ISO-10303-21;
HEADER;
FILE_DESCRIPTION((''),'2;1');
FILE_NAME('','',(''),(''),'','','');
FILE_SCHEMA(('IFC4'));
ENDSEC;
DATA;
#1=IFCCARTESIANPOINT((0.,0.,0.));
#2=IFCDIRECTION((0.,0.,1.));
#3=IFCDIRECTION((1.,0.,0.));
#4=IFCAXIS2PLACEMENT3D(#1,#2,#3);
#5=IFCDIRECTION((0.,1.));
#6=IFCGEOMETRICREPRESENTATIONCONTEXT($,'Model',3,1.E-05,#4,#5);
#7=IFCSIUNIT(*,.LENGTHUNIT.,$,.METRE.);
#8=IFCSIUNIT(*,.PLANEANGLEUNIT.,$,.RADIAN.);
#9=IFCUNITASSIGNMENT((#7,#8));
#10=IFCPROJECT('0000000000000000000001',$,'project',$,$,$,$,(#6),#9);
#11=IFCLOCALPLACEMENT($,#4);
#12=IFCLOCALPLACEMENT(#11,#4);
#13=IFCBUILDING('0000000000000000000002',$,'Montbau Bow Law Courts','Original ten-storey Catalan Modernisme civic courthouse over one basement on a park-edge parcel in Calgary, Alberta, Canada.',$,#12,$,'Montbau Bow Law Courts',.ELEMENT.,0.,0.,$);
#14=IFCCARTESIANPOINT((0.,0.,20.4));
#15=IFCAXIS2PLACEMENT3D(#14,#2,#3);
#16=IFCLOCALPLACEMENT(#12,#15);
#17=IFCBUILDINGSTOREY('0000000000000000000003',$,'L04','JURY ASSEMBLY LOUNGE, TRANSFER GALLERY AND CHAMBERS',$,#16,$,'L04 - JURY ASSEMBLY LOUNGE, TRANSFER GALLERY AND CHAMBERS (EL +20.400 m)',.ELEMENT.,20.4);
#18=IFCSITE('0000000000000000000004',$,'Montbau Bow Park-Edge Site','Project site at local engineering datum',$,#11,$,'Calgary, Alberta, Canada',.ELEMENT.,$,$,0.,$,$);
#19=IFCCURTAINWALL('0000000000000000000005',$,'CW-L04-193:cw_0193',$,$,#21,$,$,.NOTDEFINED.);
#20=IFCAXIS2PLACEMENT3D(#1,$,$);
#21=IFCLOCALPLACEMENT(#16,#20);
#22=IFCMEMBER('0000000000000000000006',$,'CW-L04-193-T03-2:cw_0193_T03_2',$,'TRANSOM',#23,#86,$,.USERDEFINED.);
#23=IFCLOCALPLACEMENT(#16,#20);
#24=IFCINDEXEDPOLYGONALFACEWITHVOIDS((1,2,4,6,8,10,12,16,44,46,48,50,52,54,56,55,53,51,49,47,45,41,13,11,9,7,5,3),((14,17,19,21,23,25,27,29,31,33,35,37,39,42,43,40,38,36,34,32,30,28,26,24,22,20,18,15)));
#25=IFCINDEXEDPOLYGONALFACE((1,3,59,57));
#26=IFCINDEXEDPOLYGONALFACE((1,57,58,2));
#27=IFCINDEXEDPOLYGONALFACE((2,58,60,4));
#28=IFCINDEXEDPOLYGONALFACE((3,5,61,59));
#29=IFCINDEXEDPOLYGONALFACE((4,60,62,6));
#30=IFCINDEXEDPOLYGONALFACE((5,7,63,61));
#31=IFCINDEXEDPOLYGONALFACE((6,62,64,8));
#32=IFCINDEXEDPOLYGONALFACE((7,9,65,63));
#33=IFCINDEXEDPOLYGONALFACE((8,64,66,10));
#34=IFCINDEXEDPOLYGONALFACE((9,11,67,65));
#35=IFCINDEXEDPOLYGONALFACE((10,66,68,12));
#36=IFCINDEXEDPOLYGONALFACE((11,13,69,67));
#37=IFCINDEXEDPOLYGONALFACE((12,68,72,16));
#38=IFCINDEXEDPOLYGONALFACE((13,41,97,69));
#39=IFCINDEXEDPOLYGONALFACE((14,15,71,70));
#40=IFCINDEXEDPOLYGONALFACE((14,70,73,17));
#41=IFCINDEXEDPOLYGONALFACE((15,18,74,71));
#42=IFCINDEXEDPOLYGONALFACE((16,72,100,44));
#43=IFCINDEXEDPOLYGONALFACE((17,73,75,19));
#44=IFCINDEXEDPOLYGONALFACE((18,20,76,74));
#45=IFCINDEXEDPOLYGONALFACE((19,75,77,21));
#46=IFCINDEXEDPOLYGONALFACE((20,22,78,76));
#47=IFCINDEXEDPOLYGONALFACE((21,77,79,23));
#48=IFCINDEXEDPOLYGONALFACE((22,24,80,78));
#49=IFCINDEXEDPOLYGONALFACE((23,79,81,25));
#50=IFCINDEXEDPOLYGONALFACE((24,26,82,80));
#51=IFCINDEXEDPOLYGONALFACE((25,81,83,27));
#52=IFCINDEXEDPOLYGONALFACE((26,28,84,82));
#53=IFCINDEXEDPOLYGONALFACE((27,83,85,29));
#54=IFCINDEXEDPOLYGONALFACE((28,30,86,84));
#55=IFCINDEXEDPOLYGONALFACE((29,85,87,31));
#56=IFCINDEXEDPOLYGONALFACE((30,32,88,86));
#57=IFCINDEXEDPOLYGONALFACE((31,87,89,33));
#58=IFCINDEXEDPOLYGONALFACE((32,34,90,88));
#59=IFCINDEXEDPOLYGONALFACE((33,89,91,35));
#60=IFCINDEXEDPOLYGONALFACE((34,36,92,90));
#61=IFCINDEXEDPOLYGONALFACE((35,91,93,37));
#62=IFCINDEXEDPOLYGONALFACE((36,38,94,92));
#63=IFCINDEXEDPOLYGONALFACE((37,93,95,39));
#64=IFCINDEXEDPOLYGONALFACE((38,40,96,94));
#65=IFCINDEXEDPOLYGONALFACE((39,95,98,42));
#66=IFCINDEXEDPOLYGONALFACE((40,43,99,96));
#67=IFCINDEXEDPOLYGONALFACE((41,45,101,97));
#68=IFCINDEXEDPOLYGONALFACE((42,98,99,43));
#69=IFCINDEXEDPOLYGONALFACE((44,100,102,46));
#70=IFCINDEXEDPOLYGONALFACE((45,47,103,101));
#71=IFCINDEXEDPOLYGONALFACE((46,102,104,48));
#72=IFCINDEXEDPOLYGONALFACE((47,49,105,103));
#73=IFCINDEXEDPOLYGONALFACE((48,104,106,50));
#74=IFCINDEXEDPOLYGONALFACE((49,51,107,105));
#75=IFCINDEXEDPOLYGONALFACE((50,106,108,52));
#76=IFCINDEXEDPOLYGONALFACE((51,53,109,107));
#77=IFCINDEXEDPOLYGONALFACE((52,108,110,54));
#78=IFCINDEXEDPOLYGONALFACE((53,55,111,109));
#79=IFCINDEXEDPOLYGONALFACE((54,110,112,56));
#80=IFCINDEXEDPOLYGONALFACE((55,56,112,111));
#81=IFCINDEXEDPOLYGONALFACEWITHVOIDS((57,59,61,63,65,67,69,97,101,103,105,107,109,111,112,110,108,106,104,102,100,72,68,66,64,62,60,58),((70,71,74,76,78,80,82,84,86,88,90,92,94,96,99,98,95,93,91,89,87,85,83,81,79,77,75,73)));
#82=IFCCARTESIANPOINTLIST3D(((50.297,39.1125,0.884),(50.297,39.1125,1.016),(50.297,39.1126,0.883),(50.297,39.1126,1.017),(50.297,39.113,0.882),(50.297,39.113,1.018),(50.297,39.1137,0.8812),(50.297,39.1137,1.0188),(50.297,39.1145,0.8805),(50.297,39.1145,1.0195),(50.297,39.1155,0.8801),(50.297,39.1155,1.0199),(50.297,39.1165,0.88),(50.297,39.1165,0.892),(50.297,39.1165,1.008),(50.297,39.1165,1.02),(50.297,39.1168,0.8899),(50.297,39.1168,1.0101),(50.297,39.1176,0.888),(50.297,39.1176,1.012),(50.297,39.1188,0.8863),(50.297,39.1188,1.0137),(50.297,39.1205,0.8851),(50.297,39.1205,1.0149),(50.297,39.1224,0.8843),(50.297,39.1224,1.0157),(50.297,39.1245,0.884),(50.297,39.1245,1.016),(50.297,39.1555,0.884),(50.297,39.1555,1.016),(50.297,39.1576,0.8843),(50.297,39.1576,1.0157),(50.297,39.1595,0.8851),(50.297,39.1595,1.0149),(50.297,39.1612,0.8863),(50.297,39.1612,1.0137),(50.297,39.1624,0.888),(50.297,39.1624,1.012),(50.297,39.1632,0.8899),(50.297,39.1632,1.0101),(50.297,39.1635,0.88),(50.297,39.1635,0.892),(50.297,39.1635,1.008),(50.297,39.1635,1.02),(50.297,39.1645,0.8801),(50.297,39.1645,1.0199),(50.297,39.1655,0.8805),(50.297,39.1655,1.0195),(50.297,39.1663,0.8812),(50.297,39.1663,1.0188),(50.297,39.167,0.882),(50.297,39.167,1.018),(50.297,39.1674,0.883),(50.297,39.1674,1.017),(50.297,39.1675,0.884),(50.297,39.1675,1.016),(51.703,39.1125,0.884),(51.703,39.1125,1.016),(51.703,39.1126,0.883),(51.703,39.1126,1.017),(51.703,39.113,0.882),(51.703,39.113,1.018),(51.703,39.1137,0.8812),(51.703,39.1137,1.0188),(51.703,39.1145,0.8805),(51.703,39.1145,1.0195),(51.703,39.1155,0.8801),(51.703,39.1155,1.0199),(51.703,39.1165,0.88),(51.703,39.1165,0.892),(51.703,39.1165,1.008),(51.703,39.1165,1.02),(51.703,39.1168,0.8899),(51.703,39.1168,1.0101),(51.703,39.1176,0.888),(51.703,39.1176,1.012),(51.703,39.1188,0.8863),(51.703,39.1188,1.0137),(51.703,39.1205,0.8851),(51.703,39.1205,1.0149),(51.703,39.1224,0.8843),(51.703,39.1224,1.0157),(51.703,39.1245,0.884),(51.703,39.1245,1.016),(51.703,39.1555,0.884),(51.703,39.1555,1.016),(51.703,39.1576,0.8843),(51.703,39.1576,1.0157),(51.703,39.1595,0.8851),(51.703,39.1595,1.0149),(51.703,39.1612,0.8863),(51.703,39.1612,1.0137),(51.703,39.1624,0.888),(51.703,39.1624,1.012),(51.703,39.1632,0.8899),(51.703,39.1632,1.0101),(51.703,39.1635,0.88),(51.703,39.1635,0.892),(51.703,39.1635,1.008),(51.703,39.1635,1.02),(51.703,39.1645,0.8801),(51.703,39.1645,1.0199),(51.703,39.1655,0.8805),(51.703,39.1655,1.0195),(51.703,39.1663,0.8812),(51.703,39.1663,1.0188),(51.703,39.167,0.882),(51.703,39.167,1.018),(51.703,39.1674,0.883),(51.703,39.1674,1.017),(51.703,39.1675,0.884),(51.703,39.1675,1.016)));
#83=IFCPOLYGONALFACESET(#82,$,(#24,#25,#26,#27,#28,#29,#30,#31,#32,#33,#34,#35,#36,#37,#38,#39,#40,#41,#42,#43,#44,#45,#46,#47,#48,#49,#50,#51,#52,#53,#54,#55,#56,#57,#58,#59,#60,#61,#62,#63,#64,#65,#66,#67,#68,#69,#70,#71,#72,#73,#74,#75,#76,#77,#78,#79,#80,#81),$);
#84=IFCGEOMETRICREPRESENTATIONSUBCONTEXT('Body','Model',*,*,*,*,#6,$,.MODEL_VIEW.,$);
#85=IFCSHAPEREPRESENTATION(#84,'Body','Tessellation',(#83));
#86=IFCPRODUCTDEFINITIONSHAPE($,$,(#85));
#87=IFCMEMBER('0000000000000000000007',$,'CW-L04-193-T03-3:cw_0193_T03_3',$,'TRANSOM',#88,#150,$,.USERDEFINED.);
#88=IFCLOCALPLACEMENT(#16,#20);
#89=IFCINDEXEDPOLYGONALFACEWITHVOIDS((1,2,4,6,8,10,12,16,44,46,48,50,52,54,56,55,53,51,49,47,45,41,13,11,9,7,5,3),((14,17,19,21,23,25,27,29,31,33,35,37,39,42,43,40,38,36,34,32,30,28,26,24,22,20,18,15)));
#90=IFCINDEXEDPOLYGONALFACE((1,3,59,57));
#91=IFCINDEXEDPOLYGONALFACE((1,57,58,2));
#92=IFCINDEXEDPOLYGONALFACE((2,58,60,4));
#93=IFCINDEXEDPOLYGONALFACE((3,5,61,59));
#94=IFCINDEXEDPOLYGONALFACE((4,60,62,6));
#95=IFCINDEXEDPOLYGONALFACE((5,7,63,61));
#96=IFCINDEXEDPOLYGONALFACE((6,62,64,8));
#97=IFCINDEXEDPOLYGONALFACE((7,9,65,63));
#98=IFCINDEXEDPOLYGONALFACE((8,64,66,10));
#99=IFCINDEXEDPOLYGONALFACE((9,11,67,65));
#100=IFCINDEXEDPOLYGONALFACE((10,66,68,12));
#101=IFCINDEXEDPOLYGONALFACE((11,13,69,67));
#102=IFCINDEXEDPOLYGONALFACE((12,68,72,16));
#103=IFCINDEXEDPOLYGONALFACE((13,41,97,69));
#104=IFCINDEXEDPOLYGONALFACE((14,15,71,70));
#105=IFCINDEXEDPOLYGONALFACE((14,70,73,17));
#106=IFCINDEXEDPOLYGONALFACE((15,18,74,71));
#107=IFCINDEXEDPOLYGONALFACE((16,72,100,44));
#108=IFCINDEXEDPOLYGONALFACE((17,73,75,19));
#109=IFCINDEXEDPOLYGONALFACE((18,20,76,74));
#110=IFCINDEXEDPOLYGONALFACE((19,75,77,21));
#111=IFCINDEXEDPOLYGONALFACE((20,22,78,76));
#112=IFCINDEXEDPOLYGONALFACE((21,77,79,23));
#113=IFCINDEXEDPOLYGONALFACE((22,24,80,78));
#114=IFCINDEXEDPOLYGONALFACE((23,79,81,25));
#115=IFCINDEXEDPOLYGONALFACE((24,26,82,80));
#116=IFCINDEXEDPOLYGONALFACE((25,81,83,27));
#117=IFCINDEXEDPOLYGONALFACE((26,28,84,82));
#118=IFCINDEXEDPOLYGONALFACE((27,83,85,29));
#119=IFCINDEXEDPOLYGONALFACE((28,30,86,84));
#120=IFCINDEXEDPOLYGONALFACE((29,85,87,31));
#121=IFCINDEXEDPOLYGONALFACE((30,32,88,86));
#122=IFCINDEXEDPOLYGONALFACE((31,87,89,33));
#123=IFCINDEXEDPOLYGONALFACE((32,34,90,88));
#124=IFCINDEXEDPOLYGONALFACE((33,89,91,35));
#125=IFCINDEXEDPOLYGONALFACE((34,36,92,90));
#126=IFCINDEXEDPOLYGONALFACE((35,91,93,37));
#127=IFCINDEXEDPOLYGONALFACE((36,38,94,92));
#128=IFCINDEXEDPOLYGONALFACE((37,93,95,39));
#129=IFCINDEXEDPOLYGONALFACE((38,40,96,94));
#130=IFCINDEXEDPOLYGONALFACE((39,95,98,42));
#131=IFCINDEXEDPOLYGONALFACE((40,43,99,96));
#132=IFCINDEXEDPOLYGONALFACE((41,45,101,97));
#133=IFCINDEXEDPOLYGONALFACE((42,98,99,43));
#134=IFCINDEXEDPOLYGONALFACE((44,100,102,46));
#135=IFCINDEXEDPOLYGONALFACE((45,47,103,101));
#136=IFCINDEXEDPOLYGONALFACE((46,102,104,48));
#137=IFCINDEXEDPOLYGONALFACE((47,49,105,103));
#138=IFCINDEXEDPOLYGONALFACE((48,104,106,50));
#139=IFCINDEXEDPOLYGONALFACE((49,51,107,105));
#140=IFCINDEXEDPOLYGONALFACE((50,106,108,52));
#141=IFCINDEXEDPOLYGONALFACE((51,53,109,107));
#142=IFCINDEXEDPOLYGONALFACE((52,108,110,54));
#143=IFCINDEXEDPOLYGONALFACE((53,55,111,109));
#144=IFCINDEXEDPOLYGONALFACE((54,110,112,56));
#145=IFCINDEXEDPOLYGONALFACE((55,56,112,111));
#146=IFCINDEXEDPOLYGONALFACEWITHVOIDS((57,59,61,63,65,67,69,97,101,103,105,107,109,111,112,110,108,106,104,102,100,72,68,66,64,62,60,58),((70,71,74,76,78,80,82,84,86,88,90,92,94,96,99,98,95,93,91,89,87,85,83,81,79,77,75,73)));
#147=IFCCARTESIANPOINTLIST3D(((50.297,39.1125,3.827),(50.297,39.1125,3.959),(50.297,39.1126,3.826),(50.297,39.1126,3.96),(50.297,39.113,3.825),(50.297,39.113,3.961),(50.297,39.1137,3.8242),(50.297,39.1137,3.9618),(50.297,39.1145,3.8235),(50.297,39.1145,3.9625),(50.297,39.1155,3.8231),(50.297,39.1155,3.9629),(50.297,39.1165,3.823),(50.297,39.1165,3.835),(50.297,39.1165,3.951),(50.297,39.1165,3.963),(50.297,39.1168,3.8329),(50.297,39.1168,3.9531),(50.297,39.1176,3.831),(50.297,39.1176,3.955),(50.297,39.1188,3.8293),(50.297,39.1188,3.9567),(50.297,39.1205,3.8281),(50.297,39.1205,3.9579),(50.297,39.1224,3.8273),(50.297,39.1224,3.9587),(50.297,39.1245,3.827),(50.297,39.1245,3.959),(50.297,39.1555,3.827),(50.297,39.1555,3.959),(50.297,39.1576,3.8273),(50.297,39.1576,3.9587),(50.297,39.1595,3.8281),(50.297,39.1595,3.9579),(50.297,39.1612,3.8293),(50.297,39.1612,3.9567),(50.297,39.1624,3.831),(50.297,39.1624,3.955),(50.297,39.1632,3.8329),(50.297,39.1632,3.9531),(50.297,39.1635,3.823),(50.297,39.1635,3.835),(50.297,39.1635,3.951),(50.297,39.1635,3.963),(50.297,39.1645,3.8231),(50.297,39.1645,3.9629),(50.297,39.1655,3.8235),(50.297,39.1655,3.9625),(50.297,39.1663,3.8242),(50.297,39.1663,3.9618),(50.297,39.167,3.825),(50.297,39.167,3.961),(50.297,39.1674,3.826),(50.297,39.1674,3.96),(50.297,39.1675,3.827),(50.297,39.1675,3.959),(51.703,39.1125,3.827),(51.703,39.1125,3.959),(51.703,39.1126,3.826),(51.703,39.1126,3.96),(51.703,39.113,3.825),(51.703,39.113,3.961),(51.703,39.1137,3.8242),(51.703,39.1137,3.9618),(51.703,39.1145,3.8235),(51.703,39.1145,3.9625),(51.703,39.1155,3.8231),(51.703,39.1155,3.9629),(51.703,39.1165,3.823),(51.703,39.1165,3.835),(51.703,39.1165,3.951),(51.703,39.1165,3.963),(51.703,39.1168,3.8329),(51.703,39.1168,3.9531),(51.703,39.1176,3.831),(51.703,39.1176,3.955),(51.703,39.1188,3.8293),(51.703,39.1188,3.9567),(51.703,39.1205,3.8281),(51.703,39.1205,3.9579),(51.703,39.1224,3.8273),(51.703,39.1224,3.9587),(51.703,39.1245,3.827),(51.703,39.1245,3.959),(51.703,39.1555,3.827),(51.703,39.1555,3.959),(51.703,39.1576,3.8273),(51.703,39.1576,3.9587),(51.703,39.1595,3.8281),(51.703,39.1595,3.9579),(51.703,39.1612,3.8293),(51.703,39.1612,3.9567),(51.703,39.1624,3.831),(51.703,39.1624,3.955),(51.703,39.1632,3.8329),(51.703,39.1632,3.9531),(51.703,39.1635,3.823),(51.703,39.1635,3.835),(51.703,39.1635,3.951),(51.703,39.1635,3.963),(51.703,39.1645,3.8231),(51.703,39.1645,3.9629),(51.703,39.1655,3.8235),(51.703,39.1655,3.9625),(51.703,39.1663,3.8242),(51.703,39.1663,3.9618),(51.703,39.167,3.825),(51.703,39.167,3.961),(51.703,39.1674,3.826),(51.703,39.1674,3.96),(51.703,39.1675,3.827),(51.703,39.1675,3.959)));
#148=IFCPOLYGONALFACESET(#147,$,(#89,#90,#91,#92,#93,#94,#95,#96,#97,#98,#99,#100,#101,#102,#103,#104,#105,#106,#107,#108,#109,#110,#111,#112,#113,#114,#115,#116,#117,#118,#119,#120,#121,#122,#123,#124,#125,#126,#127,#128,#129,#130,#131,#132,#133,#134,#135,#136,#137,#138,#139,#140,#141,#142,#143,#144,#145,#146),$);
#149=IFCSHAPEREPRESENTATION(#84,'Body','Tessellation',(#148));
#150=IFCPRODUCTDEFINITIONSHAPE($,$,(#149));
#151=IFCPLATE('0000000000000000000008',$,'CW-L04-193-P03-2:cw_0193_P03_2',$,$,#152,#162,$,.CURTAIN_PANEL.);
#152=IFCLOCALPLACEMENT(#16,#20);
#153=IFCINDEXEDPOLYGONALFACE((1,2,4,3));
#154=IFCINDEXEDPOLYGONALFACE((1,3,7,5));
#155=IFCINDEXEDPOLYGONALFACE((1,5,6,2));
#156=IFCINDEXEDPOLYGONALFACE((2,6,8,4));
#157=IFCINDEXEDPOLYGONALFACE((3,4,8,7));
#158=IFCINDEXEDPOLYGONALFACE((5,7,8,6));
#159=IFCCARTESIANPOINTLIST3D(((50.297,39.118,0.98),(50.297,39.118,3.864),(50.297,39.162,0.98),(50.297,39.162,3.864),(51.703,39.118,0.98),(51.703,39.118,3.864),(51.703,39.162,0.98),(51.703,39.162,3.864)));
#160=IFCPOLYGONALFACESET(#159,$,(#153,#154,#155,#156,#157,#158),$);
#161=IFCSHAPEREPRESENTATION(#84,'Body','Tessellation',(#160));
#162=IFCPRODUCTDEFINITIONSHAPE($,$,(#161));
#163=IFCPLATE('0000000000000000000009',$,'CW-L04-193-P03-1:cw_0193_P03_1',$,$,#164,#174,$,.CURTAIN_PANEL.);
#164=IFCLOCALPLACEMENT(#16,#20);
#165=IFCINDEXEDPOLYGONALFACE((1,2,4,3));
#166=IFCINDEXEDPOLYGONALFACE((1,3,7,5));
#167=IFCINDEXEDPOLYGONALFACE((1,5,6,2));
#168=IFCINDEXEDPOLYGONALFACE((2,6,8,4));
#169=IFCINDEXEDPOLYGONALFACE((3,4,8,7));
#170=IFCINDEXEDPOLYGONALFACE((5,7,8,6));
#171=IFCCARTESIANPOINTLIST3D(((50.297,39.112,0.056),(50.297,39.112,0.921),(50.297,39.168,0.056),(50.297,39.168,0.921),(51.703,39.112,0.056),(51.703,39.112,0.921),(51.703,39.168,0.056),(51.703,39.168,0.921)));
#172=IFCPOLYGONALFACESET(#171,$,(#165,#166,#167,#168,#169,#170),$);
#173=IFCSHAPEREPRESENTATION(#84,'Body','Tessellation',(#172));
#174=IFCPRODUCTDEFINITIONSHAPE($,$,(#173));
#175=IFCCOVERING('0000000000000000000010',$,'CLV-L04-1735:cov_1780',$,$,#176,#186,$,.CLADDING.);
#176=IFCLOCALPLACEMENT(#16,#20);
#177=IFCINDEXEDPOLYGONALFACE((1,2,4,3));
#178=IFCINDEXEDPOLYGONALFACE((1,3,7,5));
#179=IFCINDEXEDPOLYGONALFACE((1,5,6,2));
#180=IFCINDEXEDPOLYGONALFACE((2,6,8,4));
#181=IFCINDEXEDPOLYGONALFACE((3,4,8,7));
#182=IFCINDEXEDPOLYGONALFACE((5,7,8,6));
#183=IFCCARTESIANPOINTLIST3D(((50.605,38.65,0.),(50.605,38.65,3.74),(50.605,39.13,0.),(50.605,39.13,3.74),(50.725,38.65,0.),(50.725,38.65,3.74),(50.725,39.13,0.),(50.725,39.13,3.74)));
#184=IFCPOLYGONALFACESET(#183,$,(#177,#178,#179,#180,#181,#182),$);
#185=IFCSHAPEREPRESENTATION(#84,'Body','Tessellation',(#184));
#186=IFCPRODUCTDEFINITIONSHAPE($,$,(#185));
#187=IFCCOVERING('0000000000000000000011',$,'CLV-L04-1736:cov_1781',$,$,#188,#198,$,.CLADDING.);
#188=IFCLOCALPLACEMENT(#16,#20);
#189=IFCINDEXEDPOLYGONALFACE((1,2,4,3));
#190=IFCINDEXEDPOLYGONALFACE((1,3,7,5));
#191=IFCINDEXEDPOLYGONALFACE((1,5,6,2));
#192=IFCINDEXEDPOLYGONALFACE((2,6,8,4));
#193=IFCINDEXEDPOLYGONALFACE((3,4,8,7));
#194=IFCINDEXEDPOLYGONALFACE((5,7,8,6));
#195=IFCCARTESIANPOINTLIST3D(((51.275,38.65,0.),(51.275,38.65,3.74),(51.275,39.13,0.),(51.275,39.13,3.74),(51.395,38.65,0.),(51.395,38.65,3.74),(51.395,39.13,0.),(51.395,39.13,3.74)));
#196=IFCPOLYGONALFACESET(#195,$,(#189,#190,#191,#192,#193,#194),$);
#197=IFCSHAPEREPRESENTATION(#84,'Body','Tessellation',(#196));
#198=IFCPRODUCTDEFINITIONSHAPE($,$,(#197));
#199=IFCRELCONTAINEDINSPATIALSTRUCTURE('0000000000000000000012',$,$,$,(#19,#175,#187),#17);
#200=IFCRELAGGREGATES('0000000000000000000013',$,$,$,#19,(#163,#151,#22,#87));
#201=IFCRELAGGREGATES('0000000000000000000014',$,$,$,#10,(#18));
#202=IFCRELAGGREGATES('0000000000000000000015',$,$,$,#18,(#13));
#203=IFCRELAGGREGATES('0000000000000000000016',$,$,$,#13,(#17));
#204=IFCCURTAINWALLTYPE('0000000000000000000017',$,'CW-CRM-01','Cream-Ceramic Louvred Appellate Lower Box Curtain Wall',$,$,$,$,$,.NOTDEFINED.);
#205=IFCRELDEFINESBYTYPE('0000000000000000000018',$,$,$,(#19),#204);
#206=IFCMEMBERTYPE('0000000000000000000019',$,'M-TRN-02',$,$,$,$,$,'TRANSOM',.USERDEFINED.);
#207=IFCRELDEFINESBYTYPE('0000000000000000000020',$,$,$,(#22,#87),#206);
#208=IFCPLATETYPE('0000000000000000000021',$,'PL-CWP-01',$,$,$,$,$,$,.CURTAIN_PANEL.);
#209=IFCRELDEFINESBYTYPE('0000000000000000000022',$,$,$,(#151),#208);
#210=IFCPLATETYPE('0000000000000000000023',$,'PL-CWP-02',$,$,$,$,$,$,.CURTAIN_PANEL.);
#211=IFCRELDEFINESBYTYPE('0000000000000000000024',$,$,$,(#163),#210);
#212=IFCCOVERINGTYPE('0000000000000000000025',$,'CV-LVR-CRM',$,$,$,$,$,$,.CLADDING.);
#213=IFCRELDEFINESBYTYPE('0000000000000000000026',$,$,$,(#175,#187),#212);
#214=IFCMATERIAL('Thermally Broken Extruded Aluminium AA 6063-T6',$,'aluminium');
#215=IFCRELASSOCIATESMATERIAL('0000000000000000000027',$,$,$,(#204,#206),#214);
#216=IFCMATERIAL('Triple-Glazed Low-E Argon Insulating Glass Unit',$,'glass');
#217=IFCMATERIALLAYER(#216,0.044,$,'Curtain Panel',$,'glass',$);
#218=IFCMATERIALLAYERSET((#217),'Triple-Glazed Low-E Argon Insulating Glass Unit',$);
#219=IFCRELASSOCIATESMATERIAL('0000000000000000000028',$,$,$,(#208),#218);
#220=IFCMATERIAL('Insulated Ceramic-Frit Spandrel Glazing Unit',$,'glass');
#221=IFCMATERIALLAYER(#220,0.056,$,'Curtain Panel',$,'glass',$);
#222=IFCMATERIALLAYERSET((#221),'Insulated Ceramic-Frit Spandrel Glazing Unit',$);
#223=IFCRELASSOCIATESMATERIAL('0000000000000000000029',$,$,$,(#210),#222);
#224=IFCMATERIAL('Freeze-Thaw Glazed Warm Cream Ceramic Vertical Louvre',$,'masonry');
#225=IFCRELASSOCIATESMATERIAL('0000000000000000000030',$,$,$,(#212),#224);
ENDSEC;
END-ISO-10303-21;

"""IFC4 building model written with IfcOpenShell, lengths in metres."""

from ifc_helpers import new_model, si_unit, direction, frame, frame_2d, origin_with_axes, origin_2d_with_axis, place, context, subcontext, project, spatial, rectangle, hollow_rectangle, extrude, material, layer, layer_set, material_profile, profile_set, type_object, element, aggregate, save


model = new_model("IFC4")

# Units and contexts
model_context = context("Model", 3, precision=1e-05, world=origin_with_axes(), true_north=direction((0.0, 1.0)))
body_context = subcontext(model_context, "Body", "Model", "MODEL_VIEW")
ifc_project = project(units=[si_unit("LENGTHUNIT", "METRE"), si_unit("PLANEANGLEUNIT", "RADIAN")], contexts=[model_context])

# Site, building, storey
site_placement = place(None, origin_with_axes())
site = spatial("IfcSite", under=ifc_project, at=site_placement, Name="Montbau Bow Park-Edge Site", Description="Project site at local engineering datum", LongName="Calgary, Alberta, Canada", CompositionType="ELEMENT", RefElevation=0.0)
building_placement = place(site_placement, origin_with_axes())
building = spatial("IfcBuilding", under=site, at=building_placement, Name="Montbau Bow Law Courts", Description="Original ten-storey Catalan Modernisme civic courthouse over one basement on a park-edge parcel in Calgary, Alberta, Canada.", LongName="Montbau Bow Law Courts", CompositionType="ELEMENT", ElevationOfRefHeight=0.0, ElevationOfTerrain=0.0)
storey_placement = place(building_placement, frame((0.0, 0.0, 20.4), z_axis=(0.0, 0.0, 1.0), x_axis=(1.0, 0.0, 0.0)))
storey = spatial("IfcBuildingStorey", under=building, at=storey_placement, Name="L04", Description="JURY ASSEMBLY LOUNGE, TRANSFER GALLERY AND CHAMBERS", LongName="L04 - JURY ASSEMBLY LOUNGE, TRANSFER GALLERY AND CHAMBERS (EL +20.400 m)", CompositionType="ELEMENT", Elevation=20.4)

# Curtain wall, members, plates
ifc_material_1 = material(Name="Thermally Broken Extruded Aluminium AA 6063-T6", Category="aluminium")
curtain_wall_type = type_object("IfcCurtainWallType", Name="CW-CRM-01", Description="Cream-Ceramic Louvred Appellate Lower Box Curtain Wall", PredefinedType="NOTDEFINED", material=ifc_material_1)
curtain_wall_placement = place(None, frame((47.315, 39.14, 20.4), z_axis=(0.0, 0.0, 1.0), x_axis=(1.0, 0.0, 0.0)))
curtain_wall = element("IfcCurtainWall", 1, at=curtain_wall_placement, inside=storey, type_object=curtain_wall_type, Name="CW-L04-193:cw_0193", PredefinedType="NOTDEFINED")
ifc_material_profile_1 = material_profile(ifc_material_1, hollow_rectangle(XDim=0.055, YDim=0.14, WallThickness=0.004, InnerFilletRadius=0.008, OuterFilletRadius=0.004, at=origin_2d_with_axis()), Name="CWT-140X55", Category="Main", Priority=0)
ifc_profile_set_1 = profile_set([ifc_material_profile_1], Name="Thermally Broken Extruded Aluminium AA 6063-T6")
member_type_1 = type_object("IfcMemberType", Name="M-TRN-02", ElementType="TRANSOM", PredefinedType="USERDEFINED", material=ifc_profile_set_1)
member_1_placement = place(None, frame((50.297, 39.14, 21.35), z_axis=(1.0, 0.0, 0.0), x_axis=(0.0, 1.0, 0.0)))
member_1 = element("IfcMember", 2, at=member_1_placement, type_object=member_type_1, Name="CW-L04-193-T03-2:cw_0193_T03_2", ObjectType="TRANSOM", PredefinedType="USERDEFINED", context=body_context, shape_type="SweptSolid", body=[
    extrude(hollow_rectangle(XDim=0.055, YDim=0.14, WallThickness=0.004, InnerFilletRadius=0.008, OuterFilletRadius=0.004, at=origin_2d_with_axis()), origin_with_axes(), (0.0, 0.0, 1.0), 1.406),
])
member_2_placement = place(None, frame((50.297, 39.14, 24.293), z_axis=(1.0, 0.0, 0.0), x_axis=(0.0, 1.0, 0.0)))
member_2 = element("IfcMember", 3, at=member_2_placement, type_object=member_type_1, Name="CW-L04-193-T03-3:cw_0193_T03_3", ObjectType="TRANSOM", PredefinedType="USERDEFINED", context=body_context, shape_type="SweptSolid", body=[
    extrude(hollow_rectangle(XDim=0.055, YDim=0.14, WallThickness=0.004, InnerFilletRadius=0.008, OuterFilletRadius=0.004, at=origin_2d_with_axis()), origin_with_axes(), (0.0, 0.0, 1.0), 1.406),
])
ifc_material_2 = material(Name="Triple-Glazed Low-E Argon Insulating Glass Unit", Category="glass")
ifc_layer_1 = layer(ifc_material_2, 0.044, Name="Curtain Panel", Category="glass")
ifc_layer_set_1 = layer_set([ifc_layer_1], Name="Triple-Glazed Low-E Argon Insulating Glass Unit")
plate_type_1 = type_object("IfcPlateType", Name="PL-CWP-01", PredefinedType="CURTAIN_PANEL", material=ifc_layer_set_1)
plate_1_placement = place(None, frame((50.297, 39.14, 21.38), z_axis=(0.0, -1.0, 0.0), x_axis=(1.0, 0.0, 0.0)))
plate_1 = element("IfcPlate", 4, at=plate_1_placement, type_object=plate_type_1, Name="CW-L04-193-P03-2:cw_0193_P03_2", PredefinedType="CURTAIN_PANEL", context=body_context, shape_type="SweptSolid", body=[
    extrude(rectangle(XDim=1.406, YDim=2.884, at=frame_2d((0.703, 1.442), x_axis=(1.0, 0.0))), frame((0.0, 0.0, -0.022), z_axis=(0.0, 0.0, 1.0), x_axis=(1.0, 0.0, 0.0)), (0.0, 0.0, 1.0), 0.044),
])
ifc_material_3 = material(Name="Insulated Ceramic-Frit Spandrel Glazing Unit", Category="glass")
ifc_layer_2 = layer(ifc_material_3, 0.056, Name="Curtain Panel", Category="glass")
ifc_layer_set_2 = layer_set([ifc_layer_2], Name="Insulated Ceramic-Frit Spandrel Glazing Unit")
plate_type_2 = type_object("IfcPlateType", Name="PL-CWP-02", PredefinedType="CURTAIN_PANEL", material=ifc_layer_set_2)
plate_2_placement = place(None, frame((50.297, 39.14, 20.456), z_axis=(0.0, -1.0, 0.0), x_axis=(1.0, 0.0, 0.0)))
plate_2 = element("IfcPlate", 5, at=plate_2_placement, type_object=plate_type_2, Name="CW-L04-193-P03-1:cw_0193_P03_1", PredefinedType="CURTAIN_PANEL", context=body_context, shape_type="SweptSolid", body=[
    extrude(rectangle(XDim=1.406, YDim=0.865, at=frame_2d((0.703, 0.4325), x_axis=(1.0, 0.0))), frame((0.0, 0.0, -0.028), z_axis=(0.0, 0.0, 1.0), x_axis=(1.0, 0.0, 0.0)), (0.0, 0.0, 1.0), 0.056),
])
aggregate(curtain_wall, [plate_2, plate_1, member_1, member_2])

# Coverings
ifc_material_4 = material(Name="Freeze-Thaw Glazed Warm Cream Ceramic Vertical Louvre", Category="masonry")
covering_type = type_object("IfcCoveringType", Name="CV-LVR-CRM", PredefinedType="CLADDING", material=ifc_material_4)
for number, where, z_axis, x_axis, name in (
    (6, (50.665, 39.13, 20.4), (-1.0, 0.0, 0.0), (0.0, -1.0, 0.0), "CLV-L04-1735:cov_1780"),
    (7, (51.335, 39.13, 20.4), (-1.0, 0.0, 0.0), (0.0, -1.0, 0.0), "CLV-L04-1736:cov_1781"),
):
    element("IfcCovering", number, at=place(None, frame(where, z_axis=z_axis, x_axis=x_axis)), inside=storey, type_object=covering_type, Name=name, PredefinedType="CLADDING", context=body_context, shape_type="SweptSolid", body=[
        extrude(rectangle(XDim=0.48, YDim=3.74, at=frame_2d((0.24, 1.87), x_axis=(1.0, 0.0))), frame((0.0, 0.0, -0.06), z_axis=(0.0, 0.0, 1.0), x_axis=(1.0, 0.0, 0.0)), (0.0, 0.0, 1.0), 0.12),
    ])

save(model, "model.ifc")
